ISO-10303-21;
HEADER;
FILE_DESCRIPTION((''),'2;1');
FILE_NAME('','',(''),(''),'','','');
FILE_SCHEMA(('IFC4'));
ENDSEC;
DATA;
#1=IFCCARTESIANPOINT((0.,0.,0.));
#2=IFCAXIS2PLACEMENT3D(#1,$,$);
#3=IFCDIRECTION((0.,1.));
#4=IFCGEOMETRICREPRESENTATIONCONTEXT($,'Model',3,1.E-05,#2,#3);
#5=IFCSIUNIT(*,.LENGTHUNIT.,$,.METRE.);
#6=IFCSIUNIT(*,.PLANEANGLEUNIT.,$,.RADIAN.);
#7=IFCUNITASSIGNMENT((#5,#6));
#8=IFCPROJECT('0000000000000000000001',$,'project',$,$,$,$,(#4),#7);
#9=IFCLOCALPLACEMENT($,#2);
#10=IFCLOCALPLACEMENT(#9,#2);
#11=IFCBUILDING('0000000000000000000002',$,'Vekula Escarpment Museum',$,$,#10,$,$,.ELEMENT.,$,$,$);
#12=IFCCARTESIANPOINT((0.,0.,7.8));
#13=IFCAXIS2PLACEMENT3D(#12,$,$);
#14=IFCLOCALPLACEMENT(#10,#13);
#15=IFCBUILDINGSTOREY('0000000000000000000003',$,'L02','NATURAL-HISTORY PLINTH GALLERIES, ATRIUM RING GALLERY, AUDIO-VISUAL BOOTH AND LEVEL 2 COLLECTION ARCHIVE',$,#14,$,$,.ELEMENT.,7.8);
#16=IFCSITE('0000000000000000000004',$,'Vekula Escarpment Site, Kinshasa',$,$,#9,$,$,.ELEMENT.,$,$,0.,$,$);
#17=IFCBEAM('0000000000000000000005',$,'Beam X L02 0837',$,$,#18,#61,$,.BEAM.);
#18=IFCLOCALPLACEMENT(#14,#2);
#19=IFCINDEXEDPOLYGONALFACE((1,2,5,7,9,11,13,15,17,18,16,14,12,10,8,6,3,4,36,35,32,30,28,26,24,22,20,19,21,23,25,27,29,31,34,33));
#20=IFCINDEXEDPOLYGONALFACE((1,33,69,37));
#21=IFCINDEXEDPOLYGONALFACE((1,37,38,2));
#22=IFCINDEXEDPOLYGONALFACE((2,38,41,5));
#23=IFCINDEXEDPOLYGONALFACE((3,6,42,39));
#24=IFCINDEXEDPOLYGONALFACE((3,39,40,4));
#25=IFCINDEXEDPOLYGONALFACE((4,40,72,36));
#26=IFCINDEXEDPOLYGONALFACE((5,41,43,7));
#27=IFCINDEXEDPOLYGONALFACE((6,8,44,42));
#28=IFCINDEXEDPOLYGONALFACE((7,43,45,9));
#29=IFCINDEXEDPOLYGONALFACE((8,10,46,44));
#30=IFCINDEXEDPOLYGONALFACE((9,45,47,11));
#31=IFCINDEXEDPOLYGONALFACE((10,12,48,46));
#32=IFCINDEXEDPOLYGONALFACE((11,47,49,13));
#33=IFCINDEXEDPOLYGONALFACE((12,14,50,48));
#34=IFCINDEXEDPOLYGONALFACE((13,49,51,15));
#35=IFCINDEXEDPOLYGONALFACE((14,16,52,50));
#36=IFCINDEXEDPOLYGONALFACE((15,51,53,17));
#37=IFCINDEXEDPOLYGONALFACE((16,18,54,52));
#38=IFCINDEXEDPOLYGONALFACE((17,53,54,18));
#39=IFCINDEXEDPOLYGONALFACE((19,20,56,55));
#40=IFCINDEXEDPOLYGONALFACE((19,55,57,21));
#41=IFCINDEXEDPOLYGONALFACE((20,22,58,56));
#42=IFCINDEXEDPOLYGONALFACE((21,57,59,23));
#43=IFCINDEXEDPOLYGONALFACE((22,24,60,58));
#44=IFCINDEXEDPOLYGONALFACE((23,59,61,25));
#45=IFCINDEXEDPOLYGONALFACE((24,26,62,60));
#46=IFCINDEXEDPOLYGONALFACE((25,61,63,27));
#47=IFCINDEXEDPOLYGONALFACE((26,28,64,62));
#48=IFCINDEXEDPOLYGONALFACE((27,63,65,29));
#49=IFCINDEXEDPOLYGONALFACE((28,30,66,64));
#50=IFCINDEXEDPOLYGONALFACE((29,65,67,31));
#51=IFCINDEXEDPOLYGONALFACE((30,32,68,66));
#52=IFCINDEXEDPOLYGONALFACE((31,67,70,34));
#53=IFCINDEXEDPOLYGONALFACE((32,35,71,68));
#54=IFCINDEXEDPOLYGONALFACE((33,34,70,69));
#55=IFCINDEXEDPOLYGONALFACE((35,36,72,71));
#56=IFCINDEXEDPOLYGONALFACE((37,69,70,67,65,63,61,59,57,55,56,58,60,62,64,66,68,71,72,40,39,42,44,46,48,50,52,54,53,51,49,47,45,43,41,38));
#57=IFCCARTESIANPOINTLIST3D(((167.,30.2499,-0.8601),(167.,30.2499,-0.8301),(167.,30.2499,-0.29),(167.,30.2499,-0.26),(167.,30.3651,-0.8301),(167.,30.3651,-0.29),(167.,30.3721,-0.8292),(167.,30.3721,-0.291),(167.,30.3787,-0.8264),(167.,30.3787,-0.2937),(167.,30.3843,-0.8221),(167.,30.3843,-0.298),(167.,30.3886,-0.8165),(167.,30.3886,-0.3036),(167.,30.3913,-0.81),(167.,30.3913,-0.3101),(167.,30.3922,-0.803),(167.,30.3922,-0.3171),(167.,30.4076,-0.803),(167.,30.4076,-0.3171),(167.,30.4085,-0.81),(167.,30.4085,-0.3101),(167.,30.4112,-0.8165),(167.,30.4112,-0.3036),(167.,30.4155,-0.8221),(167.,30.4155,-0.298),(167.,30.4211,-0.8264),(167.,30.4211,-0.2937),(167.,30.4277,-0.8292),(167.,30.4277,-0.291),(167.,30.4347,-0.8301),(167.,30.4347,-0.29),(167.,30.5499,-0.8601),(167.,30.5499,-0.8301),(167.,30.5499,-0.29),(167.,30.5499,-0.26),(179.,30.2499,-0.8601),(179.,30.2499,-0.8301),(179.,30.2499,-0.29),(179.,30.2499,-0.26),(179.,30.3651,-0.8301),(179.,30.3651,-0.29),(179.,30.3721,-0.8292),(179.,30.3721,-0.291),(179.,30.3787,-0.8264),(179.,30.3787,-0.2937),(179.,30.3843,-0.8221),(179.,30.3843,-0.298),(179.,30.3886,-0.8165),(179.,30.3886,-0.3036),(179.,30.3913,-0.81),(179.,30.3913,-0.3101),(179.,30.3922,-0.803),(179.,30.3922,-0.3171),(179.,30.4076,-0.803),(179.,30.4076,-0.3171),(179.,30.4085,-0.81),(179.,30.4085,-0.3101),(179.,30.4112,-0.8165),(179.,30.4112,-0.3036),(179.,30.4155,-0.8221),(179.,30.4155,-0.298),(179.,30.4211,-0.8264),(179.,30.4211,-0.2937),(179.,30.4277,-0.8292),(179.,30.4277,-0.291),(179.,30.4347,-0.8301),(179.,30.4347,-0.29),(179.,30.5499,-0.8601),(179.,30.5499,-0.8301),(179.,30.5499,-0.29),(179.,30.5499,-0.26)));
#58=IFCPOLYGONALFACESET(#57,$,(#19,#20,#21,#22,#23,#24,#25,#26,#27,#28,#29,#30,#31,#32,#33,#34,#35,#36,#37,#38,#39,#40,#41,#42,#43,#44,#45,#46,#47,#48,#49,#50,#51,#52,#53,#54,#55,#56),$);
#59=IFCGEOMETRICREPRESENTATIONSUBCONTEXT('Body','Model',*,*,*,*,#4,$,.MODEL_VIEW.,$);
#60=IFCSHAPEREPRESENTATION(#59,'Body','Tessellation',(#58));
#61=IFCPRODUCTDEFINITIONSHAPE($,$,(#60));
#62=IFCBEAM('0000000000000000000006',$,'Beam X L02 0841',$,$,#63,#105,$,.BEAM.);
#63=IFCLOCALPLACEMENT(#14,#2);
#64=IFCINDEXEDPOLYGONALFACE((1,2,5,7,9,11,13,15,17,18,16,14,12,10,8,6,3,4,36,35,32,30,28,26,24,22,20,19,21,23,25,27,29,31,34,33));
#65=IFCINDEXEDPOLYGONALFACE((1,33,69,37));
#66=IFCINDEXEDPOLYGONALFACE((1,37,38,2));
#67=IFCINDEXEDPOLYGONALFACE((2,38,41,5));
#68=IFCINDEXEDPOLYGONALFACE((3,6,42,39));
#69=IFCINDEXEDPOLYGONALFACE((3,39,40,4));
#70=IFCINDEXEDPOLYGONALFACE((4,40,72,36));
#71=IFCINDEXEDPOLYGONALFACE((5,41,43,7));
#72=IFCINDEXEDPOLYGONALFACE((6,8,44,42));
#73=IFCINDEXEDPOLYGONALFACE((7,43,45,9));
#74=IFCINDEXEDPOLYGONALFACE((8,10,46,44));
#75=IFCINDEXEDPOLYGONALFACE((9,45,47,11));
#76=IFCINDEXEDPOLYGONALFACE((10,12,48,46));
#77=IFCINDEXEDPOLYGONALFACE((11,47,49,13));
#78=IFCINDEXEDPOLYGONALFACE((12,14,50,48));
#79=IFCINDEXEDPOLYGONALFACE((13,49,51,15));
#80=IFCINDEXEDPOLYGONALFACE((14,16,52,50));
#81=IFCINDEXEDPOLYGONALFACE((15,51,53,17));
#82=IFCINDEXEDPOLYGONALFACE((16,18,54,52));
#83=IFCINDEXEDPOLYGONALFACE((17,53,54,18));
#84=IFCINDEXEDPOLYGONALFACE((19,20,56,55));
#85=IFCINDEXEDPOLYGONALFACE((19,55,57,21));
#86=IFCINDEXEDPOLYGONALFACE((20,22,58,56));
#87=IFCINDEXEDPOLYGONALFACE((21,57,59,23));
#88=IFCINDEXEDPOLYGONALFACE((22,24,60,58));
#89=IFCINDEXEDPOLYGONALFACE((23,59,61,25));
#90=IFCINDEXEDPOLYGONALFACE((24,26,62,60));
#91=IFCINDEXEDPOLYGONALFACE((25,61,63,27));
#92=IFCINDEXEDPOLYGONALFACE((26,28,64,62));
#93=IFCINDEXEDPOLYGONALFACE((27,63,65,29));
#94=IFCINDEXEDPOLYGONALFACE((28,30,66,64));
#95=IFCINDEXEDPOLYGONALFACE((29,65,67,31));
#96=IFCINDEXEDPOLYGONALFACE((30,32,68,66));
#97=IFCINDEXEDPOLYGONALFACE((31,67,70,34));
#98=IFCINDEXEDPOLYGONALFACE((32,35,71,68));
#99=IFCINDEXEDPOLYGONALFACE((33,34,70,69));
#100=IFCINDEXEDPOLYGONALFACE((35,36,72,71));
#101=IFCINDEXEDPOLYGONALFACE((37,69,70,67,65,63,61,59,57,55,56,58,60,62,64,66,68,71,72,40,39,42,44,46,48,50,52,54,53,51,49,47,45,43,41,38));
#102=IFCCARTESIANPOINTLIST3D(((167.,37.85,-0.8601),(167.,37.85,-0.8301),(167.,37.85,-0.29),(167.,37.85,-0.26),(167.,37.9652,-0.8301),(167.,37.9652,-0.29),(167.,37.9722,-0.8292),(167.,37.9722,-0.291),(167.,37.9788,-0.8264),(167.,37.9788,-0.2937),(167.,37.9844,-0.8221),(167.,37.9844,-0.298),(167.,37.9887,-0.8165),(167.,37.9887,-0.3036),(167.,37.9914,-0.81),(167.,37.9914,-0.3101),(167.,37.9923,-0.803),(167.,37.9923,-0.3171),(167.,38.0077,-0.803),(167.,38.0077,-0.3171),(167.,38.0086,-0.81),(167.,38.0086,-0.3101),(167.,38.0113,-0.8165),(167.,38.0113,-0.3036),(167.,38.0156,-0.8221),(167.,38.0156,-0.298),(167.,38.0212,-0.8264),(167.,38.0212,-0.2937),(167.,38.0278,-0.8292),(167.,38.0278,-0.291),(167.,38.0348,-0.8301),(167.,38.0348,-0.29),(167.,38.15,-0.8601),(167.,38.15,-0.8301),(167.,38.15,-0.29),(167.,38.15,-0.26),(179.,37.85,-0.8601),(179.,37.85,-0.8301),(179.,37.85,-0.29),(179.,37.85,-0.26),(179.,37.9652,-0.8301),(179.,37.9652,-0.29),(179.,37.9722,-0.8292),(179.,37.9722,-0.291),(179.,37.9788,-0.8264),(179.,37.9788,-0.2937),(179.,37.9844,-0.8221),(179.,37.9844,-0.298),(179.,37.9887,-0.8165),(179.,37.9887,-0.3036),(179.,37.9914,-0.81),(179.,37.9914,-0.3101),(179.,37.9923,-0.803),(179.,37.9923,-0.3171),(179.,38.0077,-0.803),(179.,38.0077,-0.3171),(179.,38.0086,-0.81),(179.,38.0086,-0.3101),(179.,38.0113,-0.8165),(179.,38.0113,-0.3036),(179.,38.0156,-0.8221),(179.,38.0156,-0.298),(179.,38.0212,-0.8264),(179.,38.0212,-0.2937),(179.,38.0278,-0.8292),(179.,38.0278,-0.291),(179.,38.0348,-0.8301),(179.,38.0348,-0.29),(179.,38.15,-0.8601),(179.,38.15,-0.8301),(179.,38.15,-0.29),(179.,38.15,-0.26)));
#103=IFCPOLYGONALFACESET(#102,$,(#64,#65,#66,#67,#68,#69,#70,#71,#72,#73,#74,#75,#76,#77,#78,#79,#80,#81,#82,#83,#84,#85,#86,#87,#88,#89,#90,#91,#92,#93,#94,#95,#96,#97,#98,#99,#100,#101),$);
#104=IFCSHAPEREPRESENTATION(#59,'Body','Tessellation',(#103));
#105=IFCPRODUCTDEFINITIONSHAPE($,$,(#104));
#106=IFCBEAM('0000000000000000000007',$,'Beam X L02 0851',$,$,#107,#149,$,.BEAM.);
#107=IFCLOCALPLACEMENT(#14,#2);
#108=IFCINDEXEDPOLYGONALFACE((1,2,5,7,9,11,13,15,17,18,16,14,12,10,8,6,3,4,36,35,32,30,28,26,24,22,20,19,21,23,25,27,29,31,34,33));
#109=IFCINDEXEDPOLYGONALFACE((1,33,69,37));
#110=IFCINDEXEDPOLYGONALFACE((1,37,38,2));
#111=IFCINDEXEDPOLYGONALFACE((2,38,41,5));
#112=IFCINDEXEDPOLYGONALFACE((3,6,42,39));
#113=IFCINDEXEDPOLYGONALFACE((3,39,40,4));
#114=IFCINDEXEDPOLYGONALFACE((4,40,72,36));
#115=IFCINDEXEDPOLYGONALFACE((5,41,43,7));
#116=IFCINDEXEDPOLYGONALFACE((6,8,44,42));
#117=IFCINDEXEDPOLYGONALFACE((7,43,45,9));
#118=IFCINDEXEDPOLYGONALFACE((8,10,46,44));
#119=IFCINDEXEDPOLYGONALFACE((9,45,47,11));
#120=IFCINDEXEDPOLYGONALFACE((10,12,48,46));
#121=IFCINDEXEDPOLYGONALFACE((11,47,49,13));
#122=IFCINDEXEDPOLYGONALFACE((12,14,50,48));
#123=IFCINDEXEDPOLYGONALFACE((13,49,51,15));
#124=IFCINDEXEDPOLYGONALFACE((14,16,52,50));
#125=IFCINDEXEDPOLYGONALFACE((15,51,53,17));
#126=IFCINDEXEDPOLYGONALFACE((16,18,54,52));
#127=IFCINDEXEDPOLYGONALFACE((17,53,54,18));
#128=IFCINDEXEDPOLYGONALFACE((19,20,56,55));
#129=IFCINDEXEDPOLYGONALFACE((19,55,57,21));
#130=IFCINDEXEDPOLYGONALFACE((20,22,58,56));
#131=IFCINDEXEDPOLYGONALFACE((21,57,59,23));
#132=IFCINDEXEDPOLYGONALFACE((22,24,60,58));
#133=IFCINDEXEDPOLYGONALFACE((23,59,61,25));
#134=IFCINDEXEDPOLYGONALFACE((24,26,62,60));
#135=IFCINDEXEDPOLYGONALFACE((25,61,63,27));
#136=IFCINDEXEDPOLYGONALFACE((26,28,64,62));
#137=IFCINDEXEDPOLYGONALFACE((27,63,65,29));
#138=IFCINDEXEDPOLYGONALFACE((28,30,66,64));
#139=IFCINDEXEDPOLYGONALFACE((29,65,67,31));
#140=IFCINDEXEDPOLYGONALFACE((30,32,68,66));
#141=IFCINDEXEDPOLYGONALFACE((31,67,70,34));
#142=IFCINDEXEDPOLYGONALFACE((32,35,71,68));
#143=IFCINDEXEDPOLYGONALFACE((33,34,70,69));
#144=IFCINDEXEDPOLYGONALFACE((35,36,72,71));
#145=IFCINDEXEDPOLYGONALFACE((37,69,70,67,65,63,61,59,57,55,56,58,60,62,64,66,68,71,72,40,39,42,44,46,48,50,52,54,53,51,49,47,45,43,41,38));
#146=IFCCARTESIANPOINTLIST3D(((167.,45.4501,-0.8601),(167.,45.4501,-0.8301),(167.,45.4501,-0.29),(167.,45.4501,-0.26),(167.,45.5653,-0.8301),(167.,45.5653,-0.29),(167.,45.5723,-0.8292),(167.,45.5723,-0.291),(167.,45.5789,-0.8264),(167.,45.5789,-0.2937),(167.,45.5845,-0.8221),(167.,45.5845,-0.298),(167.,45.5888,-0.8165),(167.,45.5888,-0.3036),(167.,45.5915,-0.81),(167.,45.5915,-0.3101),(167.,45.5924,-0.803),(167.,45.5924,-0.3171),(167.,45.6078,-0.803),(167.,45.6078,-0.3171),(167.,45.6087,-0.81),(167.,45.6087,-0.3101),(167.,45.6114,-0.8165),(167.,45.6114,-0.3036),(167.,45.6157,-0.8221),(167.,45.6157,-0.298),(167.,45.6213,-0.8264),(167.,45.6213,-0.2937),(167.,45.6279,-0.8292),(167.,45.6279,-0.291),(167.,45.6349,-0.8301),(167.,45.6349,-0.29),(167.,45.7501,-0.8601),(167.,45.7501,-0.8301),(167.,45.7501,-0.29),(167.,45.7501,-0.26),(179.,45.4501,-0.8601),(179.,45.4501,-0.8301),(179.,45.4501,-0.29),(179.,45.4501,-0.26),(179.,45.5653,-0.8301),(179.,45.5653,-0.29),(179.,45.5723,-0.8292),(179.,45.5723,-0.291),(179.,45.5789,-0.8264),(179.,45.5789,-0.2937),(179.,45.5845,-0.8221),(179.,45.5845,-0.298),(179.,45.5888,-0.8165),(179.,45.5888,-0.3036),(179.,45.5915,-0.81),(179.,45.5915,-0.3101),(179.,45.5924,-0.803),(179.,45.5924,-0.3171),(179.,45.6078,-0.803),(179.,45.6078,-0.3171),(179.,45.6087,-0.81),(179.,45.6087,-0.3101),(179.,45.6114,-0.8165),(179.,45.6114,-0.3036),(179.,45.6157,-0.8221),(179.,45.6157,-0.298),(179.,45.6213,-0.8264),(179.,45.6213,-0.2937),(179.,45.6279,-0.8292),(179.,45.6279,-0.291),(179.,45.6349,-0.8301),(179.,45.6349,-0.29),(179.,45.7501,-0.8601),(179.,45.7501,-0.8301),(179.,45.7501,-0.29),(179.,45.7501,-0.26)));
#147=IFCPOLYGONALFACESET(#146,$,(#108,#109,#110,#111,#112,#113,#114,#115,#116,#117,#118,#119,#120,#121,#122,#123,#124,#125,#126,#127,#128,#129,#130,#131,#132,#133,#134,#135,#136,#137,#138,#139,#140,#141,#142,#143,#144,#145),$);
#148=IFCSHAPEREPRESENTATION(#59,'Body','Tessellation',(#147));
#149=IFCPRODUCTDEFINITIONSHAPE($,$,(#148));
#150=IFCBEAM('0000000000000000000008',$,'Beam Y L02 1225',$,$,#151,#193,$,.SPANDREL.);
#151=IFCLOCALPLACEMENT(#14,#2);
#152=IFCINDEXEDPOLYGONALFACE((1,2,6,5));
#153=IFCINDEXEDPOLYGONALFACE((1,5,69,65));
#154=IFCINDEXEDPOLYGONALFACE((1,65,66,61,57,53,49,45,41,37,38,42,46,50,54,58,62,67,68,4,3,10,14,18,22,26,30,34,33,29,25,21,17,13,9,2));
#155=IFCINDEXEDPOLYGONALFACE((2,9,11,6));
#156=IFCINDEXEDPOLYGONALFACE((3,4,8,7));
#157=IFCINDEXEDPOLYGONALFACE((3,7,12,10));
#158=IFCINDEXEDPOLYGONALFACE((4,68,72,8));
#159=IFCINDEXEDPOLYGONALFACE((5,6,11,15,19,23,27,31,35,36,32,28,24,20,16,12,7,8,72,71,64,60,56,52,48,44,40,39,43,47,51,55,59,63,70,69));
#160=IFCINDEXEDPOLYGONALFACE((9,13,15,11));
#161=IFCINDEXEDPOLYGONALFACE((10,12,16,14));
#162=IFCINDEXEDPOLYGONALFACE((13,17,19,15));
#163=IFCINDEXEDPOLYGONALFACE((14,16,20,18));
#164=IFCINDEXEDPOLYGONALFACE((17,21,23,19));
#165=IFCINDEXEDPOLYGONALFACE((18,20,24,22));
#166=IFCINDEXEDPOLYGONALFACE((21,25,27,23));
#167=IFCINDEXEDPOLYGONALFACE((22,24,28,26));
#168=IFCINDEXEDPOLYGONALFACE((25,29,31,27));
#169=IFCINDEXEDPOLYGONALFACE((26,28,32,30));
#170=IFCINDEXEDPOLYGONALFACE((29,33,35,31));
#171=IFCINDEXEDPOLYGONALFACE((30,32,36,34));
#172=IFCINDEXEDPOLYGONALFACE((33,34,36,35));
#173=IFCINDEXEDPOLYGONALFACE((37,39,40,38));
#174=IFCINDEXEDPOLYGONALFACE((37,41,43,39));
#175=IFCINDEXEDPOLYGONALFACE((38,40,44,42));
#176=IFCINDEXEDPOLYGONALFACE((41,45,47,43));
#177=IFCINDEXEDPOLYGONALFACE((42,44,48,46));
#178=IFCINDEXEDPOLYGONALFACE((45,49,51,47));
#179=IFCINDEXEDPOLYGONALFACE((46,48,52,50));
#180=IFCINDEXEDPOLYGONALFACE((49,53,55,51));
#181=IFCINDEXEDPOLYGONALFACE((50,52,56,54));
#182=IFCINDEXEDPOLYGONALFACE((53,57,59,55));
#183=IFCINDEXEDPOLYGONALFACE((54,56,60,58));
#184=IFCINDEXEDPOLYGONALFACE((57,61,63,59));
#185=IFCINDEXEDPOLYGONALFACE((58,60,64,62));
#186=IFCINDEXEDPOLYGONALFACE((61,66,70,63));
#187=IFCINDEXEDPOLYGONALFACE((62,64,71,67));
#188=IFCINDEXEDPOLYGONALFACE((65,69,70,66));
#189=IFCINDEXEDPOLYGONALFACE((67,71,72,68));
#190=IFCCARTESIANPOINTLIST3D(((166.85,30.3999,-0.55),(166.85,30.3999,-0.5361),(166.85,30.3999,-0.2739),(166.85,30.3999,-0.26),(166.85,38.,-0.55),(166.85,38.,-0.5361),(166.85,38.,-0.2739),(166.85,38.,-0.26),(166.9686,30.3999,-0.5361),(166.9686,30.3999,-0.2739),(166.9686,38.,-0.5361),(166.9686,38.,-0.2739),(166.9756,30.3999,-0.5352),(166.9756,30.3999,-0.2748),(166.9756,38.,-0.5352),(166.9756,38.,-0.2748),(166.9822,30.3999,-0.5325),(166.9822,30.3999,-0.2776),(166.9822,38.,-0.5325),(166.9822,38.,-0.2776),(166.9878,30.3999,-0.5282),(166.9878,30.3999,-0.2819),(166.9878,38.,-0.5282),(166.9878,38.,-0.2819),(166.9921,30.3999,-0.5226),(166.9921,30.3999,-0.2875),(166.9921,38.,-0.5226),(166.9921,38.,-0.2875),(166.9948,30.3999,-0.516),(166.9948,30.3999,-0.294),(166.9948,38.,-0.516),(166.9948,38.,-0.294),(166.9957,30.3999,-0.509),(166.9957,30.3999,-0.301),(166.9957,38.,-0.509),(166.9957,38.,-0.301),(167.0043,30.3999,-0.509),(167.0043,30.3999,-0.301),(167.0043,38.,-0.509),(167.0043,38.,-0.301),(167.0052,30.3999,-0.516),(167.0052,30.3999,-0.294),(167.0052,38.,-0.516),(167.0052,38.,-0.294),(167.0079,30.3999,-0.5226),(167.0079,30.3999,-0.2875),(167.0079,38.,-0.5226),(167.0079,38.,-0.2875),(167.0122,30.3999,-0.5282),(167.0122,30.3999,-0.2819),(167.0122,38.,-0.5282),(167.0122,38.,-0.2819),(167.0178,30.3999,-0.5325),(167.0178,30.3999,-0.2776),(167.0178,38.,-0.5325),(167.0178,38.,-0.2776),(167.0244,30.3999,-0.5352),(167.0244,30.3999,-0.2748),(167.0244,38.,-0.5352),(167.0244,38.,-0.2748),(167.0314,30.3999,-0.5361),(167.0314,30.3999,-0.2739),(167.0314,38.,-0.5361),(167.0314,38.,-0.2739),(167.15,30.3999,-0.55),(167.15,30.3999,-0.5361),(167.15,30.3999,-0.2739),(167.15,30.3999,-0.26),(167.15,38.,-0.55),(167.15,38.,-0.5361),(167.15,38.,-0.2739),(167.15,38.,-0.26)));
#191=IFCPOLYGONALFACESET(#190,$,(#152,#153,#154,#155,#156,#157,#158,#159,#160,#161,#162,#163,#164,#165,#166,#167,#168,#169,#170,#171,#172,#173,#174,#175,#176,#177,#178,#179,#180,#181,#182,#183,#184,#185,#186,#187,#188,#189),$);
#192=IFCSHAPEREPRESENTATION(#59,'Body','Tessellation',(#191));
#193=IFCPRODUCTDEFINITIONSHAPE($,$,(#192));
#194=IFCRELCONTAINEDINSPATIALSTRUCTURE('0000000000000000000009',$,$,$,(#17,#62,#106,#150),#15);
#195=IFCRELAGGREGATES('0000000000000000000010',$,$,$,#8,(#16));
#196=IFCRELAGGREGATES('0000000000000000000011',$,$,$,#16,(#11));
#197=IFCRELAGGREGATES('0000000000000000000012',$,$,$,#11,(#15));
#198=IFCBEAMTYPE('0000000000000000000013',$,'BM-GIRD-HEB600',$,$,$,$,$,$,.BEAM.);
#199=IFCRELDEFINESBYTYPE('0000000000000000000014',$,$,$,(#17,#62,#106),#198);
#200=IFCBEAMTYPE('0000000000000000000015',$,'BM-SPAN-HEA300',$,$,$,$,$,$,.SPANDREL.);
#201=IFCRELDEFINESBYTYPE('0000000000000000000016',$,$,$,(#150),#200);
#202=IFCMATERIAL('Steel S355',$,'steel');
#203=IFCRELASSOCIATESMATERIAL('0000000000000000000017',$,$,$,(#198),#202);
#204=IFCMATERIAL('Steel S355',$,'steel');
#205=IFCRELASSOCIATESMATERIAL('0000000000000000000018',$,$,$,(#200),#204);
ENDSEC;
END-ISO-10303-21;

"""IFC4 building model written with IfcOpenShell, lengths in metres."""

from ifc_helpers import new_model, si_unit, direction, frame, origin, origin_2d, place, context, subcontext, project, spatial, i_section, extrude, material, material_profile, profile_set, type_object, element, save


model = new_model("IFC4")

# Units and contexts
model_context = context("Model", 3, precision=1e-05, world=origin(), true_north=direction((0.0, 1.0)))
body_context = subcontext(model_context, "Body", "Model", "MODEL_VIEW")
ifc_project = project(units=[si_unit("LENGTHUNIT", "METRE"), si_unit("PLANEANGLEUNIT", "RADIAN")], contexts=[model_context])

# Site, building, storey
site_placement = place(None, origin())
site = spatial("IfcSite", under=ifc_project, at=site_placement, Name="Vekula Escarpment Site, Kinshasa", CompositionType="ELEMENT", RefElevation=0.0)
building_placement = place(site_placement, origin())
building = spatial("IfcBuilding", under=site, at=building_placement, Name="Vekula Escarpment Museum", CompositionType="ELEMENT")
storey_placement = place(building_placement, frame((0.0, 0.0, 7.8)))
storey = spatial("IfcBuildingStorey", under=building, at=storey_placement, Name="L02", Description="NATURAL-HISTORY PLINTH GALLERIES, ATRIUM RING GALLERY, AUDIO-VISUAL BOOTH AND LEVEL 2 COLLECTION ARCHIVE", CompositionType="ELEMENT", Elevation=7.8)

# Beams
ifc_material_1 = material(Name="Steel S355", Category="steel")
ifc_material_profile_1 = material_profile(ifc_material_1, i_section(OverallWidth=0.3, OverallDepth=0.6001, WebThickness=0.0154, FlangeThickness=0.03, FilletRadius=0.0271, at=origin_2d()), Name="HEB 600")
ifc_profile_set_1 = profile_set([ifc_material_profile_1], Name="Steel S355")
beam_type_1 = type_object("IfcBeamType", Name="BM-GIRD-HEB600", PredefinedType="BEAM", material=ifc_profile_set_1)
for number, where, z_axis, x_axis, name in (
    (1, (167.0, 30.3999, -0.5601), (1.0, 0.0, 0.0), (0.0, 1.0, 0.0), "Beam X L02 0837"),
    (2, (167.0, 38.0, -0.5601), (1.0, 0.0, 0.0), (0.0, 1.0, 0.0), "Beam X L02 0841"),
    (3, (167.0, 45.6001, -0.5601), (1.0, 0.0, 0.0), (0.0, 1.0, 0.0), "Beam X L02 0851"),
):
    element("IfcBeam", number, at=place(storey_placement, frame(where, z_axis=z_axis, x_axis=x_axis)), inside=storey, type_object=beam_type_1, Name=name, PredefinedType="BEAM", context=body_context, shape_type="SweptSolid", body=[
        extrude(i_section(OverallWidth=0.3, OverallDepth=0.6001, WebThickness=0.0154, FlangeThickness=0.03, FilletRadius=0.0271, at=origin_2d()), origin(), (0.0, 0.0, 1.0), 12.0),
    ])
ifc_material_2 = material(Name="Steel S355", Category="steel")
ifc_material_profile_2 = material_profile(ifc_material_2, i_section(OverallWidth=0.3, OverallDepth=0.29, WebThickness=0.0085, FlangeThickness=0.0139, FilletRadius=0.0271, at=origin_2d()), Name="HEA 300")
ifc_profile_set_2 = profile_set([ifc_material_profile_2], Name="Steel S355")
beam_type_2 = type_object("IfcBeamType", Name="BM-SPAN-HEA300", PredefinedType="SPANDREL", material=ifc_profile_set_2)
for number, where, z_axis, x_axis, name in (
    (4, (167.0, 30.3999, -0.405), (0.0, 1.0, 0.0), (-1.0, 0.0, 0.0), "Beam Y L02 1225"),
):
    element("IfcBeam", number, at=place(storey_placement, frame(where, z_axis=z_axis, x_axis=x_axis)), inside=storey, type_object=beam_type_2, Name=name, PredefinedType="SPANDREL", context=body_context, shape_type="SweptSolid", body=[
        extrude(i_section(OverallWidth=0.3, OverallDepth=0.29, WebThickness=0.0085, FlangeThickness=0.0139, FilletRadius=0.0271, at=origin_2d()), origin(), (0.0, 0.0, 1.0), 7.6001),
    ])

save(model, "model.ifc")
